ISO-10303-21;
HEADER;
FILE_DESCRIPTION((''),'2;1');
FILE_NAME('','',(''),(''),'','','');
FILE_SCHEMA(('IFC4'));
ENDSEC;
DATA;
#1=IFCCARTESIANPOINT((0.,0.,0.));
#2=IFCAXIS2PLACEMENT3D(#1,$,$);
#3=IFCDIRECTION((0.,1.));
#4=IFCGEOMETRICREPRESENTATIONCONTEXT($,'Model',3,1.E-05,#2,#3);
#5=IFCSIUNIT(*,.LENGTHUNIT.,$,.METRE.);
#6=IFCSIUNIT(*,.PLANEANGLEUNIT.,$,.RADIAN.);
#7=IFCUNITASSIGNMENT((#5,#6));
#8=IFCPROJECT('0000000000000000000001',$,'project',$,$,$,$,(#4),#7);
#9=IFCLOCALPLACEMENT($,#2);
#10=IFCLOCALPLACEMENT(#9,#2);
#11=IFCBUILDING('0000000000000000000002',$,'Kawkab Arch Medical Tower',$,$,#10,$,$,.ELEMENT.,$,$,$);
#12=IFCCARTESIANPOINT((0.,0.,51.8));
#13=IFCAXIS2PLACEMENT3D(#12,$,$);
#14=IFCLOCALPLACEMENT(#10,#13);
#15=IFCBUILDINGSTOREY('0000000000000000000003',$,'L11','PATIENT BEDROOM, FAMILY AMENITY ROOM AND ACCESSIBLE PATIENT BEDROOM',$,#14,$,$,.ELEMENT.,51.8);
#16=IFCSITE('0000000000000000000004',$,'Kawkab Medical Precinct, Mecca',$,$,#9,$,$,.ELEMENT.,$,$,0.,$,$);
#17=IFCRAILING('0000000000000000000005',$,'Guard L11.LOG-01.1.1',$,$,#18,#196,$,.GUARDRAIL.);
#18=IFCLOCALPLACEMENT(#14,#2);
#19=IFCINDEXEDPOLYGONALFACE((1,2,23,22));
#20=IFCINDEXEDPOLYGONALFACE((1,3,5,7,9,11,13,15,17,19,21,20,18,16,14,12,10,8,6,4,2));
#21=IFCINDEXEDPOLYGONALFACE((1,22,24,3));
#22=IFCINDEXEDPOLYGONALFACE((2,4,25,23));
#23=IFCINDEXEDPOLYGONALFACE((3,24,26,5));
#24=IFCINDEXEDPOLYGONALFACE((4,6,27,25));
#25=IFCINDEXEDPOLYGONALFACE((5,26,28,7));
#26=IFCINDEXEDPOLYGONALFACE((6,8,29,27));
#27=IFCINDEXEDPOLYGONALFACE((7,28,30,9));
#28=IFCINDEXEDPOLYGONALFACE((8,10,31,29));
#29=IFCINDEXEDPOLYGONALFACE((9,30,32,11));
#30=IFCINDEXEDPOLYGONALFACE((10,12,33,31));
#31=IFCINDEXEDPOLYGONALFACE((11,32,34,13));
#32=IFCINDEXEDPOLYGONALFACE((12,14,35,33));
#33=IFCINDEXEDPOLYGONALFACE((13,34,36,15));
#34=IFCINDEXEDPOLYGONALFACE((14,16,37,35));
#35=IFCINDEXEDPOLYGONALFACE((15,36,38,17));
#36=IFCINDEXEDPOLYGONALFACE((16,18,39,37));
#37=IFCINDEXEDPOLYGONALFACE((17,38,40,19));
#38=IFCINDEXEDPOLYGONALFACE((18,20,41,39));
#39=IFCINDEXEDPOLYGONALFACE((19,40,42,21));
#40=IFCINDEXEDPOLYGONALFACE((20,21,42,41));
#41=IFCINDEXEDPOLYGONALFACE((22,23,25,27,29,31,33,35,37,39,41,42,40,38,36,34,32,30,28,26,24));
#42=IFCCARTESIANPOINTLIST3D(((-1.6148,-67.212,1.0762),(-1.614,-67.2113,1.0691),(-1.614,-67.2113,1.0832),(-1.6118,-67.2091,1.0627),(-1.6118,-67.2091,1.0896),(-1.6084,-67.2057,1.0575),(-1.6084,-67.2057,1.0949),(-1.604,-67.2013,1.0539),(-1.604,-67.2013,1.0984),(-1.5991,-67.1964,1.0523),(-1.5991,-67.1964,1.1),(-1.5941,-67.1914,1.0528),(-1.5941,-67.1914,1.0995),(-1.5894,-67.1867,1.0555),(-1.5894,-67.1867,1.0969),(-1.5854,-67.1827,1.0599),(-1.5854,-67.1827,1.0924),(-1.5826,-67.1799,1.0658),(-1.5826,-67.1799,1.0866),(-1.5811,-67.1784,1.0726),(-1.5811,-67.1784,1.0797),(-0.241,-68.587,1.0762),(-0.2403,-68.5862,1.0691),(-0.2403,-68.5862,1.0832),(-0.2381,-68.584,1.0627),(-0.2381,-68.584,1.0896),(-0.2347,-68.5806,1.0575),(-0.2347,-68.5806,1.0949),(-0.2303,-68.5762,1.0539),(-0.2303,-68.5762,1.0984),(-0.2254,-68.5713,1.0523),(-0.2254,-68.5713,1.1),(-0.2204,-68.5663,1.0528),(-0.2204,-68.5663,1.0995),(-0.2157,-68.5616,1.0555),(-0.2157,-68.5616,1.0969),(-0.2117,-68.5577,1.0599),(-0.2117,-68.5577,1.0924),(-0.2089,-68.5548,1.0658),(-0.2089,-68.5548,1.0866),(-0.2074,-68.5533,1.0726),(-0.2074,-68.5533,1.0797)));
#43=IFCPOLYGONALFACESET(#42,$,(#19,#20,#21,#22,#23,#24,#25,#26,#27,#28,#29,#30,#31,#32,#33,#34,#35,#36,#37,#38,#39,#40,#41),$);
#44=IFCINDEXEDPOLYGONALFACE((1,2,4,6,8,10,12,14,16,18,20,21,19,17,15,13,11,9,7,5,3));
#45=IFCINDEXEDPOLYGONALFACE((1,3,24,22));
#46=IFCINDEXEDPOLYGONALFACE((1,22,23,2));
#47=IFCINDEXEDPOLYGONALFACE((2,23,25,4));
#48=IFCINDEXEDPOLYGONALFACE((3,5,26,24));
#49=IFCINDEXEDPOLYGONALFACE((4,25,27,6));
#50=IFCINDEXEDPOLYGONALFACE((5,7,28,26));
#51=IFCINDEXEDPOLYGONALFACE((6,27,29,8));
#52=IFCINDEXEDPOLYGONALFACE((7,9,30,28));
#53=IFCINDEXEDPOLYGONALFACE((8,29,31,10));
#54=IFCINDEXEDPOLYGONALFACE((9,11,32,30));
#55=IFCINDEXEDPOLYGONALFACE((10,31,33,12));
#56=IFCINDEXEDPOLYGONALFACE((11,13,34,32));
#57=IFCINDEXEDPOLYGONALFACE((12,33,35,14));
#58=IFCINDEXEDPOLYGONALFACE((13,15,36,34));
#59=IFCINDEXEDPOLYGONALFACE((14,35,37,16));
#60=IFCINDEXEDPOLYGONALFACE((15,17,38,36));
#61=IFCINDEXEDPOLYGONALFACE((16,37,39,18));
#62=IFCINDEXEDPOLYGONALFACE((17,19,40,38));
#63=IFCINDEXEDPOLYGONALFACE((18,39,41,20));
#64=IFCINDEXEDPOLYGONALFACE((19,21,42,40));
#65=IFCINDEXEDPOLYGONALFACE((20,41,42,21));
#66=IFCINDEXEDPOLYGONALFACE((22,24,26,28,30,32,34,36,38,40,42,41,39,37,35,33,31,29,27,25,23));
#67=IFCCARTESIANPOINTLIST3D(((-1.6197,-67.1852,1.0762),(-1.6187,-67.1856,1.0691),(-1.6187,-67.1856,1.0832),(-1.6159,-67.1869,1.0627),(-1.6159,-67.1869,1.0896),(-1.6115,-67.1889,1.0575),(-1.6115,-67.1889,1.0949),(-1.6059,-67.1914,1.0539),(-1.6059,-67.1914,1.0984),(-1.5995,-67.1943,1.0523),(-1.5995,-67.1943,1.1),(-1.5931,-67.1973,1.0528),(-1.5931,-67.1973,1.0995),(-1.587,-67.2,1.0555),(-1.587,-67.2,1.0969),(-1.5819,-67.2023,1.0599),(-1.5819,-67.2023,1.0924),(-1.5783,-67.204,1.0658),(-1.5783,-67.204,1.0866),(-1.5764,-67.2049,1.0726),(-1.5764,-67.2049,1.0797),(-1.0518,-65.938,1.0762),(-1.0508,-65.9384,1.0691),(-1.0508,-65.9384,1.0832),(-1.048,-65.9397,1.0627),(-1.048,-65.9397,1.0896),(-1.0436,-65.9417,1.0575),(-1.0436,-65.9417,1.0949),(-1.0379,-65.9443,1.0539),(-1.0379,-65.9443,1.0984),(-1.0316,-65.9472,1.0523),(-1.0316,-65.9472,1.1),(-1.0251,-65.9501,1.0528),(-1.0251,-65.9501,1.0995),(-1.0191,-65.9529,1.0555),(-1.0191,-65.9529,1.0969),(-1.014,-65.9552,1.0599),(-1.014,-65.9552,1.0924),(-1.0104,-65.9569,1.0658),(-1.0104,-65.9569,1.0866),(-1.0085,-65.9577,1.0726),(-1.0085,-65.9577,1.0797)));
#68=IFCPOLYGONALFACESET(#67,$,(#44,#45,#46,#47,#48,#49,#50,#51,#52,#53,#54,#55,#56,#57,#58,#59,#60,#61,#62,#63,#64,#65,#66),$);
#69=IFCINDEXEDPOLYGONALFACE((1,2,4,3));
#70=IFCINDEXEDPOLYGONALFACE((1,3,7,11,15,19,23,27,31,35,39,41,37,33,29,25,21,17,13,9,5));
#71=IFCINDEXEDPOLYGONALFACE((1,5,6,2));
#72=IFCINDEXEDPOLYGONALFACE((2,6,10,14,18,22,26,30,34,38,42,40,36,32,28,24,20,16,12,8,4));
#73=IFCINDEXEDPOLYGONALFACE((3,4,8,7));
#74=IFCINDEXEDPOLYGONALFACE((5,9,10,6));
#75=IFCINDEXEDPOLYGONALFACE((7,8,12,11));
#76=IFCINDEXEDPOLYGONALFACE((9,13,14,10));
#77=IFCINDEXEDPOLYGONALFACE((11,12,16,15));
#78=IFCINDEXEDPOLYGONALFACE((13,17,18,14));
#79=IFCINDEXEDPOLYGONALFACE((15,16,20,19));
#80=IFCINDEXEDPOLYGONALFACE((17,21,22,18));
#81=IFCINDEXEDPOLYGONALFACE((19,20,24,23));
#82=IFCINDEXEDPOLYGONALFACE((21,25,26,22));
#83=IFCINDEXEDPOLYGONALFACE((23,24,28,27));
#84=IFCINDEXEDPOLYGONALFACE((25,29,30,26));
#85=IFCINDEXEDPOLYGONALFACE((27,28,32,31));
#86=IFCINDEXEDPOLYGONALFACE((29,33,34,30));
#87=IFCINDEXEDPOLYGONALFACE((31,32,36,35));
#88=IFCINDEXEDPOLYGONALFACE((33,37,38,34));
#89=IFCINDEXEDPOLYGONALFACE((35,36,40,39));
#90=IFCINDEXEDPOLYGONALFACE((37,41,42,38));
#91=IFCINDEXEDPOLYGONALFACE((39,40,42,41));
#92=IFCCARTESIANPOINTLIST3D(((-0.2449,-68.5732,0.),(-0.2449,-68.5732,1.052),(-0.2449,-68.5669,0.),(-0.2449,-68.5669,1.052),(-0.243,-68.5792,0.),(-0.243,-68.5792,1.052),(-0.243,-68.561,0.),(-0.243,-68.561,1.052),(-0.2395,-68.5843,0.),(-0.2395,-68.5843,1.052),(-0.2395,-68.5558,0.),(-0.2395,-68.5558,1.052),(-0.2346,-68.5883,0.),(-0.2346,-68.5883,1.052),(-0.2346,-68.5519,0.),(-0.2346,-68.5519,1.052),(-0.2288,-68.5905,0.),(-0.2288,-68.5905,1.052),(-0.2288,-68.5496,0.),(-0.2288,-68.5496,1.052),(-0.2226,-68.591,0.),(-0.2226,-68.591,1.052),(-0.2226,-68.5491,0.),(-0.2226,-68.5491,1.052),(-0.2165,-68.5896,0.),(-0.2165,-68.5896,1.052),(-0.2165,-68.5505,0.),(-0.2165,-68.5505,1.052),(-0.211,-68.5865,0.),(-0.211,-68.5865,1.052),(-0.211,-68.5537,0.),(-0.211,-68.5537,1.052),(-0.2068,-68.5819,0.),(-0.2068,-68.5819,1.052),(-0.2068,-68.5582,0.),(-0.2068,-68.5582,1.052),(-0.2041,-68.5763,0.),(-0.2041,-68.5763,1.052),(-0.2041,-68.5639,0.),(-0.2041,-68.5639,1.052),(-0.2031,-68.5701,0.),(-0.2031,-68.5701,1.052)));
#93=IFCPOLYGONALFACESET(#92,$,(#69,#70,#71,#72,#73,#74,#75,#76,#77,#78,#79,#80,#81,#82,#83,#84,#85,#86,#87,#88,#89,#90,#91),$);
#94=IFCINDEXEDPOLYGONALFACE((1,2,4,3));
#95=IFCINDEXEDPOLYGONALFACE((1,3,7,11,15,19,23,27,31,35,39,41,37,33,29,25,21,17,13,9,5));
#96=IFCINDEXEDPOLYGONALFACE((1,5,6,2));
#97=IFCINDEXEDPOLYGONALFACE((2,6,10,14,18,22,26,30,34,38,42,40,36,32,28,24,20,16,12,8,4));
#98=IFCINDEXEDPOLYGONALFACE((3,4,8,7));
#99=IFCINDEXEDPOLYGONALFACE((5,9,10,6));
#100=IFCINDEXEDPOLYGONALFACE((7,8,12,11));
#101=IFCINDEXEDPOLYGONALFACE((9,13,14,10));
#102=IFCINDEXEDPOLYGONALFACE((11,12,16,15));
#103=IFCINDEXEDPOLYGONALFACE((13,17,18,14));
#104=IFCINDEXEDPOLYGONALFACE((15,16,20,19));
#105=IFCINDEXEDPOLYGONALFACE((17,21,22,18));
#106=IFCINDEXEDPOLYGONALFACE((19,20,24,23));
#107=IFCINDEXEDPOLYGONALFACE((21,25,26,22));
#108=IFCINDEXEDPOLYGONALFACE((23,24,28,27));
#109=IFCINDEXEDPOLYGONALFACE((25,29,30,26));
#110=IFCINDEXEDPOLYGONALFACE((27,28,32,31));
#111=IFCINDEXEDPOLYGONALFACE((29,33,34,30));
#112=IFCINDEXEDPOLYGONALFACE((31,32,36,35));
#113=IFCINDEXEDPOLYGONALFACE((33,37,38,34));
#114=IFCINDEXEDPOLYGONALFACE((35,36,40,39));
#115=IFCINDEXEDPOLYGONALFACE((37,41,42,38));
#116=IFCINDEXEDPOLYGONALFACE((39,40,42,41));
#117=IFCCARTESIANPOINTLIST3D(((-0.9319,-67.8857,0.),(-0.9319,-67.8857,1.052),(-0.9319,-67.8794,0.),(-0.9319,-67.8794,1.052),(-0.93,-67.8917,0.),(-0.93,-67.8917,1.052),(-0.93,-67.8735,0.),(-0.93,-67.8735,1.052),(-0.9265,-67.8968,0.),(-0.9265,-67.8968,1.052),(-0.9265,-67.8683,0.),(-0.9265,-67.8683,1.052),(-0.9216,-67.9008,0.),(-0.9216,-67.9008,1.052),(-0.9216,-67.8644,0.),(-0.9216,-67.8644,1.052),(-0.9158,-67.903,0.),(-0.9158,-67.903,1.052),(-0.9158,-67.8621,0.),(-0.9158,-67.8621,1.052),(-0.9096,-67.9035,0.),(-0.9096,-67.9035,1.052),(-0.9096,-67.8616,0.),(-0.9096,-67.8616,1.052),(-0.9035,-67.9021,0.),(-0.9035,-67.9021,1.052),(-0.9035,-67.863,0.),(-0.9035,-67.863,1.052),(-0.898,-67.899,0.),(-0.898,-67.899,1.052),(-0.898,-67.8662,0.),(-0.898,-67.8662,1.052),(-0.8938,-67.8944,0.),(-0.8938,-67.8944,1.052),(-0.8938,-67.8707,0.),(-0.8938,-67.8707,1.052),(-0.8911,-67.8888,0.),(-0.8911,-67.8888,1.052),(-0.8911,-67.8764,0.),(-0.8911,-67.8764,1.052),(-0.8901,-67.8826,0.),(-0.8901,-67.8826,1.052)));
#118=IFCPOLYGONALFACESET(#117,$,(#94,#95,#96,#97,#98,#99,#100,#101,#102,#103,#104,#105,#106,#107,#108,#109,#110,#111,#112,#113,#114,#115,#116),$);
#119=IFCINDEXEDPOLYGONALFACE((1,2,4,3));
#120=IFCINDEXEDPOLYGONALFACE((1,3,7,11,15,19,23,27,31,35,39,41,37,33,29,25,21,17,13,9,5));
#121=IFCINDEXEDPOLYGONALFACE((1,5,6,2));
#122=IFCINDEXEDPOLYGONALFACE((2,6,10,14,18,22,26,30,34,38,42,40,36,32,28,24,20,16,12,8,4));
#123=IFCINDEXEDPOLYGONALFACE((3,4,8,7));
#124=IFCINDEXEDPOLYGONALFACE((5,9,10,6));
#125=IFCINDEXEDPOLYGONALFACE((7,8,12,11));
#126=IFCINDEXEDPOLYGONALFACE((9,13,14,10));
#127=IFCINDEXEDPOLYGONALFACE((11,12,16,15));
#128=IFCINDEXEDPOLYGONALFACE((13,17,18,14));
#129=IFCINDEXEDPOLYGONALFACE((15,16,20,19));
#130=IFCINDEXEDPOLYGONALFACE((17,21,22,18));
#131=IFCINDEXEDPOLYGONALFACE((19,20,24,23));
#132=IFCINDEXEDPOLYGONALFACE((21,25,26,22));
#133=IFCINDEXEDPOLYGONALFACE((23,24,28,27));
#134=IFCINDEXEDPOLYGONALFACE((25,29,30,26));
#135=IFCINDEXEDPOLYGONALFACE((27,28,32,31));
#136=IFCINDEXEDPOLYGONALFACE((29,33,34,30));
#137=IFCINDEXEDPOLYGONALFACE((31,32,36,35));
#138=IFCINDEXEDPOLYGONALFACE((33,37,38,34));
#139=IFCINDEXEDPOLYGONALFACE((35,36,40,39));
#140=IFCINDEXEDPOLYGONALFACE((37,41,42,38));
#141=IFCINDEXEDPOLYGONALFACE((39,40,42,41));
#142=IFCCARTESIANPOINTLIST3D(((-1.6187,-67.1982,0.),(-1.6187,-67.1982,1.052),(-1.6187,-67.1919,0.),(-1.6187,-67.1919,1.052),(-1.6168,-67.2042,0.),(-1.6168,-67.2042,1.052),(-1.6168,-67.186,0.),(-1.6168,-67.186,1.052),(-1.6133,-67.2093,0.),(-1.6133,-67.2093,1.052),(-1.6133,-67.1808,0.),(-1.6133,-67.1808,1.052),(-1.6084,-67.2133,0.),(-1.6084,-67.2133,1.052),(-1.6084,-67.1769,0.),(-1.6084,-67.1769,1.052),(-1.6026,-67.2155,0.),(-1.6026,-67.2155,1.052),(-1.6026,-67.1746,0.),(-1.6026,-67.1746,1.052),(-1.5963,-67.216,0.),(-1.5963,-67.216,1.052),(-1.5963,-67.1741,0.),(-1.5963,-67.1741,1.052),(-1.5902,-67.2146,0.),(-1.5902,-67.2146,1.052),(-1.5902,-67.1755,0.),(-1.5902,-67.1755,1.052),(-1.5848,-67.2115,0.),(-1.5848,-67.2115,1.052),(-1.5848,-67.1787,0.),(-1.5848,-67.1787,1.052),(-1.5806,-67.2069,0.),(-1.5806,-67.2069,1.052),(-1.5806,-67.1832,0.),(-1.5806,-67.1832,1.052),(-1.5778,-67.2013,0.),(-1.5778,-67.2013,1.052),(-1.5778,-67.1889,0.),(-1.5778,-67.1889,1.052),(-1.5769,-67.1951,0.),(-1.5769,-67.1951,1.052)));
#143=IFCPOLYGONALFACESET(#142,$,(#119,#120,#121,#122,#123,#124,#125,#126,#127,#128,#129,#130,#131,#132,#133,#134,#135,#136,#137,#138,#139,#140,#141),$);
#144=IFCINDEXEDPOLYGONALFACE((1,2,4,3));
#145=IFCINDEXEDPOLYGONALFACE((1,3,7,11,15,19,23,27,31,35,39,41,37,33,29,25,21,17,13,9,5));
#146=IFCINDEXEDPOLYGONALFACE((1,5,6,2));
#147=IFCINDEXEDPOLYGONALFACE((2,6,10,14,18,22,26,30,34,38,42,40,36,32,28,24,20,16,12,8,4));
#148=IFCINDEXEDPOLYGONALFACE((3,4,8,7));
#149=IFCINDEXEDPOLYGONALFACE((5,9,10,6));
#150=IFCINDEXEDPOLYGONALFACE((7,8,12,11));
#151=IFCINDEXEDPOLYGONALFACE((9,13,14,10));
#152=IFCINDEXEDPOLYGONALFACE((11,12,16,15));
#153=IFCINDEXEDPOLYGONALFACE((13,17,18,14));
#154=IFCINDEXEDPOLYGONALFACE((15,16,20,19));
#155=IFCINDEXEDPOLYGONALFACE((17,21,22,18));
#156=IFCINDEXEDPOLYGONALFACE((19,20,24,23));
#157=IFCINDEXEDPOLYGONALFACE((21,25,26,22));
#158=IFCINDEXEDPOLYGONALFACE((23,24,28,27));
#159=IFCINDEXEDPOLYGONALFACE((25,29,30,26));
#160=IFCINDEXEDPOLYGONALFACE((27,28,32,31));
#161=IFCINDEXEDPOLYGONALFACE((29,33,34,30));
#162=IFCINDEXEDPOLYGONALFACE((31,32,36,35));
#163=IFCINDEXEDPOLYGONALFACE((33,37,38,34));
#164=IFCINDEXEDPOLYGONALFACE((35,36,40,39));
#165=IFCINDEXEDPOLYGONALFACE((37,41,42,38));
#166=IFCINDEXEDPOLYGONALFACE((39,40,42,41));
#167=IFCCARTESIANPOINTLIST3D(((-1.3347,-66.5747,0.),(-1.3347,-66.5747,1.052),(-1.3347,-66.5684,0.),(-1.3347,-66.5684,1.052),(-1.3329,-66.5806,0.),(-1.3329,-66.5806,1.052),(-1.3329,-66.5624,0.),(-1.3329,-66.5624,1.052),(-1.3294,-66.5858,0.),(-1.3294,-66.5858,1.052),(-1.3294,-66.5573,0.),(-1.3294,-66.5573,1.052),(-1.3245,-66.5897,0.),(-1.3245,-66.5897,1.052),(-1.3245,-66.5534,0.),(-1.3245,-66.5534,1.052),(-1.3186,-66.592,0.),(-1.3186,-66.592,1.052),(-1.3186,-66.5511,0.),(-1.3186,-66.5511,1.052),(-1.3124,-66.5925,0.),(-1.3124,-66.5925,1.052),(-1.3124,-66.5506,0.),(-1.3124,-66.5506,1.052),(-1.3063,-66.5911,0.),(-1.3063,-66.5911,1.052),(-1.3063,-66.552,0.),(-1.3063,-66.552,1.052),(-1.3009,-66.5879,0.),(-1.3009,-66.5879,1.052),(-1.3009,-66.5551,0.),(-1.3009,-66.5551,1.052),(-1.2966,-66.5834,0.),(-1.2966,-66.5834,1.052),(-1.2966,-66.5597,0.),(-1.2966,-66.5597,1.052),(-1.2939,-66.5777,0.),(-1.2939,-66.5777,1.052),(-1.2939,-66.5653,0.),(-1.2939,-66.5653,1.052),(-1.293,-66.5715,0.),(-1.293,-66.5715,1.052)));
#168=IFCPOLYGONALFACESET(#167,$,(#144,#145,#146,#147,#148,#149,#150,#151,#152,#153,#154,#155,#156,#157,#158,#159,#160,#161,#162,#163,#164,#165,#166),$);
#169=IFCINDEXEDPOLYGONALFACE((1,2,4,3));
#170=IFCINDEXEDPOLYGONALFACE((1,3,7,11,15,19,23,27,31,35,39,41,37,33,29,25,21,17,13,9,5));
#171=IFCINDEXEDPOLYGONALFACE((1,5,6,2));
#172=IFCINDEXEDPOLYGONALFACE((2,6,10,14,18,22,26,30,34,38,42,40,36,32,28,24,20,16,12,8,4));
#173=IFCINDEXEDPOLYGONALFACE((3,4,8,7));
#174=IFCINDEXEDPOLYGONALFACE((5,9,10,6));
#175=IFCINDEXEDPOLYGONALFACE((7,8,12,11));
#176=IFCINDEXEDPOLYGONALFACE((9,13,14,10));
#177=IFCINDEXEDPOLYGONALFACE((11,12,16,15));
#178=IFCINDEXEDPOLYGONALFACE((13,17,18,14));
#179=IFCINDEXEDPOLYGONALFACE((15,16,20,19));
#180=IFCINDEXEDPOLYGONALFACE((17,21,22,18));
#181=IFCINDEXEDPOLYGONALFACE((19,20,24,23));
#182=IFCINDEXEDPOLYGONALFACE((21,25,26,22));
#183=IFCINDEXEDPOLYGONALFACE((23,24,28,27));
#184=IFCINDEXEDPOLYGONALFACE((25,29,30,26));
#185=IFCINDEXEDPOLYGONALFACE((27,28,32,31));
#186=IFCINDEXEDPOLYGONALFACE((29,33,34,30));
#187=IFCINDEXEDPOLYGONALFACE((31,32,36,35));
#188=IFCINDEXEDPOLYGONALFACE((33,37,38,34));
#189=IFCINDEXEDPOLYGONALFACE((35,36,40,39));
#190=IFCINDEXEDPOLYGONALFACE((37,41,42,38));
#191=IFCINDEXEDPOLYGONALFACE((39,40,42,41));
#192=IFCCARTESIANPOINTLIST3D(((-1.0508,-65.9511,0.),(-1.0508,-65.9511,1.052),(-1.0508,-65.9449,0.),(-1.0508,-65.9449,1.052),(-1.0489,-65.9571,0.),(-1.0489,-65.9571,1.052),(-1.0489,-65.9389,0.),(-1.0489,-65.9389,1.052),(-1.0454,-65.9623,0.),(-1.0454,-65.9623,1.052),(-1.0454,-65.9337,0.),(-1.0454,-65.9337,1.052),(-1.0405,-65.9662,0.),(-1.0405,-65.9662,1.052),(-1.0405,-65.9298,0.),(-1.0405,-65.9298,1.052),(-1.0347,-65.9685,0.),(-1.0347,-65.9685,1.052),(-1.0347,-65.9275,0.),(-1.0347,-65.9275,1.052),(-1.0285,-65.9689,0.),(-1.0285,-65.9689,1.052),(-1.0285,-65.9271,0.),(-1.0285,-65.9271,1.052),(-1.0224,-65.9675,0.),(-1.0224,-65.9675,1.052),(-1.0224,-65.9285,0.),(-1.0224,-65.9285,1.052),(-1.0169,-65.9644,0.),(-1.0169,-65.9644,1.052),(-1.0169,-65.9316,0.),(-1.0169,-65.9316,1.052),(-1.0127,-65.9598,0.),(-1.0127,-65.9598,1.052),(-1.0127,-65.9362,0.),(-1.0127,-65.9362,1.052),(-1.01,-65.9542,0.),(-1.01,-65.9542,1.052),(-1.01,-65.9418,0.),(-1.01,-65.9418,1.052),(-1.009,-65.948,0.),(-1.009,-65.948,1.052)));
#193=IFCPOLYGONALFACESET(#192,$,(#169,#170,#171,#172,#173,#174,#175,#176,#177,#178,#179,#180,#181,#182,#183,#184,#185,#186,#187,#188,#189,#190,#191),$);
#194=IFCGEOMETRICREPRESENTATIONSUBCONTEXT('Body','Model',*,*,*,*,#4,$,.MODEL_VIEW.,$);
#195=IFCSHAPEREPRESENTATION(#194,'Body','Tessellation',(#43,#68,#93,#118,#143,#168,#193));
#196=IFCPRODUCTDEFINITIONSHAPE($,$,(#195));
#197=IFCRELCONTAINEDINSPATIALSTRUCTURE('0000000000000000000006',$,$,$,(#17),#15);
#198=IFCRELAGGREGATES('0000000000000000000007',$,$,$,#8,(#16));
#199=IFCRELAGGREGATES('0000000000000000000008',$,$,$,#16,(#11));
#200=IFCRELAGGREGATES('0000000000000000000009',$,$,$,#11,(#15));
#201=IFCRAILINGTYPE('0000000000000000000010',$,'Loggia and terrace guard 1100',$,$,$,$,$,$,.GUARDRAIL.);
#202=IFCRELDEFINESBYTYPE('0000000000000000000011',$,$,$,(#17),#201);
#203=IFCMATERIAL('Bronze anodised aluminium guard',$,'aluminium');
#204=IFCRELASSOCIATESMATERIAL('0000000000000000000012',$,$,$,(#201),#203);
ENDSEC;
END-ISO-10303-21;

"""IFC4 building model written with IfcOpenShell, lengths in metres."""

from ifc_helpers import new_model, si_unit, direction, frame, origin, origin_2d, place, context, subcontext, project, spatial, circle, extrude, material, type_object, element, save


model = new_model("IFC4")

# Units and contexts
model_context = context("Model", 3, precision=1e-05, world=origin(), true_north=direction((0.0, 1.0)))
body_context = subcontext(model_context, "Body", "Model", "MODEL_VIEW")
ifc_project = project(units=[si_unit("LENGTHUNIT", "METRE"), si_unit("PLANEANGLEUNIT", "RADIAN")], contexts=[model_context])

# Site, building, storey
site_placement = place(None, origin())
site = spatial("IfcSite", under=ifc_project, at=site_placement, Name="Kawkab Medical Precinct, Mecca", CompositionType="ELEMENT", RefElevation=0.0)
building_placement = place(site_placement, origin())
building = spatial("IfcBuilding", under=site, at=building_placement, Name="Kawkab Arch Medical Tower", CompositionType="ELEMENT")
storey_placement = place(building_placement, frame((0.0, 0.0, 51.8)))
storey = spatial("IfcBuildingStorey", under=building, at=storey_placement, Name="L11", Description="PATIENT BEDROOM, FAMILY AMENITY ROOM AND ACCESSIBLE PATIENT BEDROOM", CompositionType="ELEMENT", Elevation=51.8)

# Railing
ifc_material_1 = material(Name="Bronze anodised aluminium guard", Category="aluminium")
railing_type = type_object("IfcRailingType", Name="Loggia and terrace guard 1100", PredefinedType="GUARDRAIL", material=ifc_material_1)
railing_1_placement = place(storey_placement, frame((-0.2241, -68.5701, 0.0)))
element("IfcRailing", 1, at=railing_1_placement, inside=storey, type_object=railing_type, Name="Guard L11.LOG-01.1.1", PredefinedType="GUARDRAIL", context=body_context, shape_type="SweptSolid", body=[
    extrude(circle(Radius=0.0239, at=origin_2d()), frame((0.0, 0.0, 1.0762), z_axis=(-0.706793, 0.707421, 0.0), x_axis=(-0.707421, -0.706793, 0.0)), (0.0, 0.0, 1.0), 1.9436),
    extrude(circle(Radius=0.0239, at=origin_2d()), frame((-1.3738, 1.375, 1.0762), z_axis=(0.41442, 0.910086, 0.0), x_axis=(-0.910086, 0.41442, 0.0)), (0.0, 0.0, 1.0), 1.3704),
    extrude(circle(Radius=0.021, at=origin_2d()), origin(), (0.0, 0.0, 1.0), 1.052),
    extrude(circle(Radius=0.021, at=origin_2d()), frame((-0.687, 0.6875, 0.0)), (0.0, 0.0, 1.0), 1.052),
    extrude(circle(Radius=0.021, at=origin_2d()), frame((-1.3738, 1.375, 0.0)), (0.0, 0.0, 1.0), 1.052),
    extrude(circle(Radius=0.021, at=origin_2d()), frame((-1.0898, 1.9985, 0.0)), (0.0, 0.0, 1.0), 1.052),
    extrude(circle(Radius=0.021, at=origin_2d()), frame((-0.8059, 2.6221, 0.0)), (0.0, 0.0, 1.0), 1.052),
])

save(model, "model.ifc")
